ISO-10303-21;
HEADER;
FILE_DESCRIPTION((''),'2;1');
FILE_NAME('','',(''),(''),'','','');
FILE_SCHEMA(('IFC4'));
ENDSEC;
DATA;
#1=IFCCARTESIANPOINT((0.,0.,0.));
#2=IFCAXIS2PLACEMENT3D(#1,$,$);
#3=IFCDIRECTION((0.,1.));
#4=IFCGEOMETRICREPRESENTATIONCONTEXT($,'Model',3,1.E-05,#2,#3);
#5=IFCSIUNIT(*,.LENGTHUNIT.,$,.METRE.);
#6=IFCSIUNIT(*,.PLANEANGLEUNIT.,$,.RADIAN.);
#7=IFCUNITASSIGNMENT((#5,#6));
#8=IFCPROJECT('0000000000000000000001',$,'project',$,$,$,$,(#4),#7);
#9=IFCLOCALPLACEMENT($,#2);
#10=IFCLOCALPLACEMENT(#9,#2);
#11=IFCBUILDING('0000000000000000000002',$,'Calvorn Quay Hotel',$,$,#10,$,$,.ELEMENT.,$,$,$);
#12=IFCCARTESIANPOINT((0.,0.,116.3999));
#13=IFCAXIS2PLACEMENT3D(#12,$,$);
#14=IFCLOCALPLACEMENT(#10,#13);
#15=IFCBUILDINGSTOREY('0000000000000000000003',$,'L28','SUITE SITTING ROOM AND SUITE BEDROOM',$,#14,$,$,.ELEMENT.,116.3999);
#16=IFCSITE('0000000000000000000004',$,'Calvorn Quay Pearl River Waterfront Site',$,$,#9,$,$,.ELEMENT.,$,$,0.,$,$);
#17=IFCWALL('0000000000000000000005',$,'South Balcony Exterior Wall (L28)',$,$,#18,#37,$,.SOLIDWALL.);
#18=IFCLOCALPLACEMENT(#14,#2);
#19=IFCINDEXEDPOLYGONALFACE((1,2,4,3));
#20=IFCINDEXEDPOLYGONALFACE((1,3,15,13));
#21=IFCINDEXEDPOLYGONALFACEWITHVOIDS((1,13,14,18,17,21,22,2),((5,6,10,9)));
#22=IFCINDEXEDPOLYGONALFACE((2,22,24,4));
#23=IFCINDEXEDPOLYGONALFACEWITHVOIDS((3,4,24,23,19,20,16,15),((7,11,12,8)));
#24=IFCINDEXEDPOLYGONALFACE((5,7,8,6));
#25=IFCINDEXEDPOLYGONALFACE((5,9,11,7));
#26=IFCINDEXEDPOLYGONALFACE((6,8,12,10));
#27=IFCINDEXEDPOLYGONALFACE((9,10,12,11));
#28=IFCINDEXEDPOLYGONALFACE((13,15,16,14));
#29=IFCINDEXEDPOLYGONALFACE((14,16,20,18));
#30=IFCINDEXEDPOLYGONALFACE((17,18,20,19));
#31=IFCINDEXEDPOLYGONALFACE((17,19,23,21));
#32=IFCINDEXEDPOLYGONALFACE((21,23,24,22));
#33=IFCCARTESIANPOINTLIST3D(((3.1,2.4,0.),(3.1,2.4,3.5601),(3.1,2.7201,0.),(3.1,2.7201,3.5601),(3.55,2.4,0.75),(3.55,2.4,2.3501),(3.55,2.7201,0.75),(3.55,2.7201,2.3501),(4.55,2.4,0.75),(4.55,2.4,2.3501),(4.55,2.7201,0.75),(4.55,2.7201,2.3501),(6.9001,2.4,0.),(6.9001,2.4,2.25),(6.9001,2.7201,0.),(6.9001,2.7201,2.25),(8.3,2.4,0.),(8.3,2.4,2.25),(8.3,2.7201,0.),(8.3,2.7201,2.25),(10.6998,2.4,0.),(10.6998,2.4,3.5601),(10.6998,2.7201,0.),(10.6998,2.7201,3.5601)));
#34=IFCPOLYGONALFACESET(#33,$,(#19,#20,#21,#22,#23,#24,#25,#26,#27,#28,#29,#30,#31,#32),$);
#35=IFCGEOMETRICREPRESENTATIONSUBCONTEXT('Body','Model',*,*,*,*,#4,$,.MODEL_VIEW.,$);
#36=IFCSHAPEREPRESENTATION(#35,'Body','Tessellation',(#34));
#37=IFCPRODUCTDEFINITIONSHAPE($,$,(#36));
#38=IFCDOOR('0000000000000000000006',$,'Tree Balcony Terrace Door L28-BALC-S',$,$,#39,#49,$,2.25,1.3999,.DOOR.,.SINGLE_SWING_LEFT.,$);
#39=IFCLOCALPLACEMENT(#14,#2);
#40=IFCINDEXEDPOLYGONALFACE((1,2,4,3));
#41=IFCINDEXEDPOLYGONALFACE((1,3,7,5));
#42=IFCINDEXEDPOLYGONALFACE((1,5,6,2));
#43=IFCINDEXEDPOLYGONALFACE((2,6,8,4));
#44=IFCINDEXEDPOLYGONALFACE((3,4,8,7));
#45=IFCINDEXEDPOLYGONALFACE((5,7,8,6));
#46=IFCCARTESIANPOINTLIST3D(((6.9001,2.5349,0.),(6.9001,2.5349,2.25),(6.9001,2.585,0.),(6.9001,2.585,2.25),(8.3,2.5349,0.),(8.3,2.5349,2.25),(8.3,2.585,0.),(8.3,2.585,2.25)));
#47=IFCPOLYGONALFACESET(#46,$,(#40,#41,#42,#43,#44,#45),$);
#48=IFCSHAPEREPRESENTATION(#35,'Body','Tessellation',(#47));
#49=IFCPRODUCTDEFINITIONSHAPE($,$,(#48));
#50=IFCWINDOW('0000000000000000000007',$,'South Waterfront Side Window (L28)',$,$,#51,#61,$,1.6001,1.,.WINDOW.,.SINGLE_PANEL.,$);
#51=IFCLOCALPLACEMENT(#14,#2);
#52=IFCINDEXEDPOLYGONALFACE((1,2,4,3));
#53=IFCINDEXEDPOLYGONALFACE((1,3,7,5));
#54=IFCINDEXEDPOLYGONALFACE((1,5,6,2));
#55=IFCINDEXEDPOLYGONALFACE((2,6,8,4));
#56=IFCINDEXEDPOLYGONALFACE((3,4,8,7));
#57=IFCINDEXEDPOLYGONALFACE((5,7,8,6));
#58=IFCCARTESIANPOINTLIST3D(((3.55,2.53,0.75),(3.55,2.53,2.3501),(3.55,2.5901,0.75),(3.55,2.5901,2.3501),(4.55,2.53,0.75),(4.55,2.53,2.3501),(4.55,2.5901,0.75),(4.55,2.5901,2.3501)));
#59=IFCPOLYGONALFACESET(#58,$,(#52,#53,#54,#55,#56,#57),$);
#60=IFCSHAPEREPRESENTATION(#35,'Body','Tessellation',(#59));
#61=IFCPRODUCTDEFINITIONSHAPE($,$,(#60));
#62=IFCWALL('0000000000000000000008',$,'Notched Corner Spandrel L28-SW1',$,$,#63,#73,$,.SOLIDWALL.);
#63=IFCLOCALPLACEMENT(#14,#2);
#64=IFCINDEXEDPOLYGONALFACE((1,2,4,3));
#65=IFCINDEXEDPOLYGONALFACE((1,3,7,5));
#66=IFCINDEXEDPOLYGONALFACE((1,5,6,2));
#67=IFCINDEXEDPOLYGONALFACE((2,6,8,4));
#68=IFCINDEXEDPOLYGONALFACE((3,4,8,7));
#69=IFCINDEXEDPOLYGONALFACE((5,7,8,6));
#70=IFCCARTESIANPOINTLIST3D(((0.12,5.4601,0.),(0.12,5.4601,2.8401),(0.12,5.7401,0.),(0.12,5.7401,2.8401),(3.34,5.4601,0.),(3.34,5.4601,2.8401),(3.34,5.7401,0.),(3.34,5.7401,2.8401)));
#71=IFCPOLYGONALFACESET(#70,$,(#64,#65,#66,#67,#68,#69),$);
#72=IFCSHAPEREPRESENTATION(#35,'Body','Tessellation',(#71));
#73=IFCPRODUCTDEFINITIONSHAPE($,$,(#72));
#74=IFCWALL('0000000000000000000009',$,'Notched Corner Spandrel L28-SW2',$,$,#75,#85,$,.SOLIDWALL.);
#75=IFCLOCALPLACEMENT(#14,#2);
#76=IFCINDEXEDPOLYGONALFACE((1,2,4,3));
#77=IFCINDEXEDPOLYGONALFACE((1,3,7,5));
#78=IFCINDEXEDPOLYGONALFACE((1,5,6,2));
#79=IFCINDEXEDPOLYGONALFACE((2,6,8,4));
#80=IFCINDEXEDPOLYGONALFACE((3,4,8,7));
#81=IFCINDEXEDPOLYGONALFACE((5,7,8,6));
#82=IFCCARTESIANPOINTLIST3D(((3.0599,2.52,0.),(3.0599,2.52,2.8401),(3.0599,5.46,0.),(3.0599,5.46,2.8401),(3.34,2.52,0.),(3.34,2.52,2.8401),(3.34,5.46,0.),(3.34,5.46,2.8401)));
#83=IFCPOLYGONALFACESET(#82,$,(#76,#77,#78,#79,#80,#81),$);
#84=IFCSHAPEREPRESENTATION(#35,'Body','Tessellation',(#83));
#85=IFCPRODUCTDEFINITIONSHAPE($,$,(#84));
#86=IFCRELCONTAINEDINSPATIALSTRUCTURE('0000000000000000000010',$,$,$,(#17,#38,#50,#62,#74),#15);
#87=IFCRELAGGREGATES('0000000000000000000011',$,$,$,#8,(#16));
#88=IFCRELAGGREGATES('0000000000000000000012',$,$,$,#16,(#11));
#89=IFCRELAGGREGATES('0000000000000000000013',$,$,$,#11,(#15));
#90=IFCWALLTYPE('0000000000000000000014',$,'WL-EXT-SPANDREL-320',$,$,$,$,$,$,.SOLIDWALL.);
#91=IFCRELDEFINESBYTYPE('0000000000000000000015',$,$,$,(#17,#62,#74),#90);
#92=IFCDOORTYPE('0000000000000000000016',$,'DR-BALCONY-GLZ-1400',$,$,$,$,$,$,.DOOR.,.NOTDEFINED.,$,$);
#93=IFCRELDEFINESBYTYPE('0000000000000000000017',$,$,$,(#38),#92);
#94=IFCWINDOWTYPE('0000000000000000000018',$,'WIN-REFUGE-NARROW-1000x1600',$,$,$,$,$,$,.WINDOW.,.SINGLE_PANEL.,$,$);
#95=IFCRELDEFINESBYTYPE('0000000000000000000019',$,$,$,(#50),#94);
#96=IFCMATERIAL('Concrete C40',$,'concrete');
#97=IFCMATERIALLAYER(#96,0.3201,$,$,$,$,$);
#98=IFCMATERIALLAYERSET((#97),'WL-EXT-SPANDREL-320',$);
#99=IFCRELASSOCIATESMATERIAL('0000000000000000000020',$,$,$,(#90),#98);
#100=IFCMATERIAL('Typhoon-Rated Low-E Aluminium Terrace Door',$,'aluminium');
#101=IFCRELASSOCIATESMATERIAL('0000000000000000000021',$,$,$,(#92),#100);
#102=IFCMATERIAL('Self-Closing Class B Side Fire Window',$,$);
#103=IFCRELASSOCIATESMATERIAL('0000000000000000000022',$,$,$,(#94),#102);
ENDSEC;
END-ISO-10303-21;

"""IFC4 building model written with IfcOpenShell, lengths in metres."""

from ifc_helpers import new_model, si_unit, direction, frame, frame_2d, origin, place, context, subcontext, project, spatial, rectangle, extrude, material, layer, layer_set, type_object, element, fill, save


model = new_model("IFC4")

# Units and contexts
model_context = context("Model", 3, precision=1e-05, world=origin(), true_north=direction((0.0, 1.0)))
body_context = subcontext(model_context, "Body", "Model", "MODEL_VIEW")
ifc_project = project(units=[si_unit("LENGTHUNIT", "METRE"), si_unit("PLANEANGLEUNIT", "RADIAN")], contexts=[model_context])

# Site, building, storey
site_placement = place(None, origin())
site = spatial("IfcSite", under=ifc_project, at=site_placement, Name="Calvorn Quay Pearl River Waterfront Site", CompositionType="ELEMENT", RefElevation=0.0)
building_placement = place(site_placement, origin())
building = spatial("IfcBuilding", under=site, at=building_placement, Name="Calvorn Quay Hotel", CompositionType="ELEMENT")
storey_placement = place(building_placement, frame((0.0, 0.0, 116.3999)))
storey = spatial("IfcBuildingStorey", under=building, at=storey_placement, Name="L28", Description="SUITE SITTING ROOM AND SUITE BEDROOM", CompositionType="ELEMENT", Elevation=116.3999)

# Wall, openings, door, window
ifc_material_1 = material(Name="Concrete C40", Category="concrete")
ifc_layer_1 = layer(ifc_material_1, 0.3201)
ifc_layer_set_1 = layer_set([ifc_layer_1], Name="WL-EXT-SPANDREL-320")
wall_type = type_object("IfcWallType", Name="WL-EXT-SPANDREL-320", PredefinedType="SOLIDWALL", material=ifc_layer_set_1)
wall_1_placement = place(storey_placement, frame((3.1001, 2.5601, 0.0), z_axis=(0.0, 0.0, 1.0), x_axis=(1.0, 0.0, 0.0)))
wall_1 = element("IfcWall", 1, at=wall_1_placement, inside=storey, type_object=wall_type, Name="South Balcony Exterior Wall (L28)", PredefinedType="SOLIDWALL", context=body_context, shape_type="SweptSolid", body=[
    extrude(rectangle(XDim=7.5999, YDim=0.3201, at=frame_2d((3.7998, 0.0))), origin(), (0.0, 0.0, 1.0), 3.5601),
])
opening_1_placement = place(wall_1_placement, frame((0.45, 0.0, 0.75)))
opening_1 = element("IfcOpeningElement", 2, at=opening_1_placement, cuts=wall_1, PredefinedType="OPENING", context=body_context, shape_type="SweptSolid", body=[
    extrude(rectangle(XDim=1.0, YDim=1.6001, at=frame_2d((0.5, 0.8))), frame((0.0, 0.1699, 0.0), z_axis=(0.0, -1.0, 0.0), x_axis=(1.0, 0.0, 0.0)), (0.0, 0.0, 1.0), 0.3401),
])
opening_2_placement = place(wall_1_placement, frame((3.8, 0.0, 0.0)))
opening_2 = element("IfcOpeningElement", 3, at=opening_2_placement, cuts=wall_1, PredefinedType="OPENING", context=body_context, shape_type="SweptSolid", body=[
    extrude(rectangle(XDim=1.3999, YDim=2.25, at=frame_2d((0.7, 1.125))), frame((0.0, 0.1699, 0.0), z_axis=(0.0, -1.0, 0.0), x_axis=(1.0, 0.0, 0.0)), (0.0, 0.0, 1.0), 0.3401),
])
ifc_material_2 = material(Name="Typhoon-Rated Low-E Aluminium Terrace Door", Category="aluminium")
door_type = type_object("IfcDoorType", Name="DR-BALCONY-GLZ-1400", OperationType="NOTDEFINED", PredefinedType="DOOR", material=ifc_material_2)
door_placement = place(opening_2_placement, origin())
door = element("IfcDoor", 4, at=door_placement, inside=storey, type_object=door_type, Name="Tree Balcony Terrace Door L28-BALC-S", OperationType="SINGLE_SWING_LEFT", OverallHeight=2.25, OverallWidth=1.3999, PredefinedType="DOOR", context=body_context, shape_type="SweptSolid", body=[
    extrude(rectangle(XDim=1.3999, YDim=2.25, at=frame_2d((0.7, 1.125))), frame((0.0, 0.0249, 0.0), z_axis=(0.0, -1.0, 0.0), x_axis=(1.0, 0.0, 0.0)), (0.0, 0.0, 1.0), 0.05),
])
fill(opening_2, door)
ifc_material_3 = material(Name="Self-Closing Class B Side Fire Window")
window_type = type_object("IfcWindowType", Name="WIN-REFUGE-NARROW-1000x1600", PartitioningType="SINGLE_PANEL", PredefinedType="WINDOW", material=ifc_material_3)
window_placement = place(opening_1_placement, origin())
window = element("IfcWindow", 5, at=window_placement, inside=storey, type_object=window_type, Name="South Waterfront Side Window (L28)", OverallHeight=1.6001, OverallWidth=1.0, PartitioningType="SINGLE_PANEL", PredefinedType="WINDOW", context=body_context, shape_type="SweptSolid", body=[
    extrude(rectangle(XDim=1.0, YDim=1.6001, at=frame_2d((0.5, 0.8))), frame((0.0, 0.03, 0.0), z_axis=(0.0, -1.0, 0.0), x_axis=(1.0, 0.0, 0.0)), (0.0, 0.0, 1.0), 0.0601),
])
fill(opening_1, window)

# Walls
wall_2_placement = place(storey_placement, frame((0.1201, 5.6001, 0.0), z_axis=(0.0, 0.0, 1.0), x_axis=(1.0, 0.0, 0.0)))
element("IfcWall", 6, at=wall_2_placement, inside=storey, type_object=wall_type, Name="Notched Corner Spandrel L28-SW1", PredefinedType="SOLIDWALL", context=body_context, shape_type="SweptSolid", body=[
    extrude(rectangle(XDim=3.22, YDim=0.28, at=frame_2d((1.6099, 0.0))), origin(), (0.0, 0.0, 1.0), 2.8401),
])
wall_3_placement = place(storey_placement, frame((3.2, 5.46, 0.0), z_axis=(0.0, 0.0, 1.0), x_axis=(0.0, -1.0, 0.0)))
element("IfcWall", 7, at=wall_3_placement, inside=storey, type_object=wall_type, Name="Notched Corner Spandrel L28-SW2", PredefinedType="SOLIDWALL", context=body_context, shape_type="SweptSolid", body=[
    extrude(rectangle(XDim=2.9399, YDim=0.28, at=frame_2d((1.47, 0.0))), origin(), (0.0, 0.0, 1.0), 2.8401),
])

save(model, "model.ifc")
